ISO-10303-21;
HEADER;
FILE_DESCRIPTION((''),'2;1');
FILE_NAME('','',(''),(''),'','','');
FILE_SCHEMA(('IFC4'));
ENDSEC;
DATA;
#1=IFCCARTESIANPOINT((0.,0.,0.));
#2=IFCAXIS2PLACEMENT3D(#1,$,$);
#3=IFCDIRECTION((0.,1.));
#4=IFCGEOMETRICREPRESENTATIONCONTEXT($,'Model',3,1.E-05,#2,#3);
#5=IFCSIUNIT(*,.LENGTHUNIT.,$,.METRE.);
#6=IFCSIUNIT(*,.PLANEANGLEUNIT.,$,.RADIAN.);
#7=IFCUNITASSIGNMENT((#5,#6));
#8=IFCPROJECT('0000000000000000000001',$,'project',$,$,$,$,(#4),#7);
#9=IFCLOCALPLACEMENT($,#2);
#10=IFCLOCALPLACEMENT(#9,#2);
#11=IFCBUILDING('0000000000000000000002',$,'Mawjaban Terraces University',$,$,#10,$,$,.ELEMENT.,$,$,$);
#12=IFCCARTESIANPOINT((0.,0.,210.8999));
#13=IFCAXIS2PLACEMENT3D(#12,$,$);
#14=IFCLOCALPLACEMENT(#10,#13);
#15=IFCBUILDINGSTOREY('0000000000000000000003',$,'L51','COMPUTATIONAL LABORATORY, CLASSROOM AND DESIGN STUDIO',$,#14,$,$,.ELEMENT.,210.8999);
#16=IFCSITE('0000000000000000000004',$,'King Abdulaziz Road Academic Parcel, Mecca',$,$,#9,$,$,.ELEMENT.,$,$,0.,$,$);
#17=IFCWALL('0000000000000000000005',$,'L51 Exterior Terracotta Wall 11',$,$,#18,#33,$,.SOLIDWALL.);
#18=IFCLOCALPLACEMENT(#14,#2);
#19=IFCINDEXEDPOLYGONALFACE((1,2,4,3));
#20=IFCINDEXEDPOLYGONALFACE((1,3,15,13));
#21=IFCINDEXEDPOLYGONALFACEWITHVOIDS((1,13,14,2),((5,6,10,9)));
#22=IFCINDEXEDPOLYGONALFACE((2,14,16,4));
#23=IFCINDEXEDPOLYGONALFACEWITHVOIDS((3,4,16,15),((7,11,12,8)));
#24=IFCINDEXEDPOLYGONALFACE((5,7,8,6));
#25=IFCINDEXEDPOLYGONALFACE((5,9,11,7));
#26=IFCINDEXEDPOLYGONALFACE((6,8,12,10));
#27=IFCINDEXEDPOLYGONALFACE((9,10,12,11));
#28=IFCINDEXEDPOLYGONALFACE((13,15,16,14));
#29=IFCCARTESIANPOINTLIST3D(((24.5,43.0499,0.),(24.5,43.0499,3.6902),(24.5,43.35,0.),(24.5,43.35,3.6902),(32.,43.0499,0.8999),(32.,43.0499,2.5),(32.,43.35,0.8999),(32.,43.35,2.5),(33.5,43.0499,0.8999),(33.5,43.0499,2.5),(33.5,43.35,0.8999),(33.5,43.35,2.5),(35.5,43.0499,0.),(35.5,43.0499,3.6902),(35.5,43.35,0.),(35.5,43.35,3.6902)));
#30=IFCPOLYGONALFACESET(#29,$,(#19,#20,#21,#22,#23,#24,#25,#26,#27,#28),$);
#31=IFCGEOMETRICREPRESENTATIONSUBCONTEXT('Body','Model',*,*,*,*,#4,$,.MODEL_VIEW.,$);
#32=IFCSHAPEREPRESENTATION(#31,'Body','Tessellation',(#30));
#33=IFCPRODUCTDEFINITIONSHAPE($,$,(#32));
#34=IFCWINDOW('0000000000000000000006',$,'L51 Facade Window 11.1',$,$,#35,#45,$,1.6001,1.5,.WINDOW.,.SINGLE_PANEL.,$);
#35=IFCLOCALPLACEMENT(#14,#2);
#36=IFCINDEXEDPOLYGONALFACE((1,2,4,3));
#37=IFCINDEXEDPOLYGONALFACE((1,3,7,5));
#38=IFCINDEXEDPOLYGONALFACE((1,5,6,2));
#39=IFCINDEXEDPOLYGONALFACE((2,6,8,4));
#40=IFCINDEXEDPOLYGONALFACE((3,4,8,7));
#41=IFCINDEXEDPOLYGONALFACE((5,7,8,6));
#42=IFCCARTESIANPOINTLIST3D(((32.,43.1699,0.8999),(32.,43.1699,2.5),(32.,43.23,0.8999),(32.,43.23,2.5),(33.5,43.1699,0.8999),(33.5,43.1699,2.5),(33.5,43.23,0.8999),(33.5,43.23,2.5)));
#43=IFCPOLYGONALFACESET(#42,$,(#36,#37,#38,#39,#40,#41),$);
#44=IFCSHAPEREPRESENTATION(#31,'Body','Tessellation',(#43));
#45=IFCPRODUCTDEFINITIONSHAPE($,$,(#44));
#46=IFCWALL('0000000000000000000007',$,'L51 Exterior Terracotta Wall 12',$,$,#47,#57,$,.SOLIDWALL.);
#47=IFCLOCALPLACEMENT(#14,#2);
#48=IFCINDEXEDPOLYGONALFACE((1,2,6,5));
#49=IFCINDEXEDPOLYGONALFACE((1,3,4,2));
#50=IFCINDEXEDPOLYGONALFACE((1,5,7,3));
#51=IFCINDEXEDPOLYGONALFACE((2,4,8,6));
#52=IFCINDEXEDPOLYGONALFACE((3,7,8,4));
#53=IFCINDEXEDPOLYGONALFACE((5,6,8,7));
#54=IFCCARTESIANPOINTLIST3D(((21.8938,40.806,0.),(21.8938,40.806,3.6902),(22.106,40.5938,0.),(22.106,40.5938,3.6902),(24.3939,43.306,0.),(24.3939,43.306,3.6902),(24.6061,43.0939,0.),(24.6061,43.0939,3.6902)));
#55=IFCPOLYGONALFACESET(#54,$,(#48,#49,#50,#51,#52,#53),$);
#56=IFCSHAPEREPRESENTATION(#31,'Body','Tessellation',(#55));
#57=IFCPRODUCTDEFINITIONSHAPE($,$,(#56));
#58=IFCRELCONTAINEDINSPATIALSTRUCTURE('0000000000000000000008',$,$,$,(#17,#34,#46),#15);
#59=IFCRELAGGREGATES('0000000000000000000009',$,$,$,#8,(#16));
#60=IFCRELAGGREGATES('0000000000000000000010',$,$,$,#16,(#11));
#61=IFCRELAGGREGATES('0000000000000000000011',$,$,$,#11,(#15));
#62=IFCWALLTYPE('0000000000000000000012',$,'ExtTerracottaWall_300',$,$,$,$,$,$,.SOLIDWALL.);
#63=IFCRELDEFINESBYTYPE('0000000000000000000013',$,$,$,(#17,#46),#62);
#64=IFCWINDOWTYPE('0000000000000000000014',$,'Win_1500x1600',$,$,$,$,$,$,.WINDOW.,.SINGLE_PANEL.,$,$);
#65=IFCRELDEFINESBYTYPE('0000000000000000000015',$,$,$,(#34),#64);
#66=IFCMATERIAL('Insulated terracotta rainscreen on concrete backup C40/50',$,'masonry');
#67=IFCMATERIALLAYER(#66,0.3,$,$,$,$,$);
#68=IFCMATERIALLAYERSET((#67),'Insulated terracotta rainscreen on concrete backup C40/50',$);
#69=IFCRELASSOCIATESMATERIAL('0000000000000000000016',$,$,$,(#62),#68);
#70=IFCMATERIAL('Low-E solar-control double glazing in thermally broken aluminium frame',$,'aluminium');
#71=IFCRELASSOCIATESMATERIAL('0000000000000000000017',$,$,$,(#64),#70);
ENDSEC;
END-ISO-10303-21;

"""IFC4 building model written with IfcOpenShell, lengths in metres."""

from ifc_helpers import new_model, si_unit, direction, frame, frame_2d, origin, place, context, subcontext, project, spatial, rectangle, extrude, material, layer, layer_set, type_object, element, fill, save


model = new_model("IFC4")

# Units and contexts
model_context = context("Model", 3, precision=1e-05, world=origin(), true_north=direction((0.0, 1.0)))
body_context = subcontext(model_context, "Body", "Model", "MODEL_VIEW")
ifc_project = project(units=[si_unit("LENGTHUNIT", "METRE"), si_unit("PLANEANGLEUNIT", "RADIAN")], contexts=[model_context])

# Site, building, storey
site_placement = place(None, origin())
site = spatial("IfcSite", under=ifc_project, at=site_placement, Name="King Abdulaziz Road Academic Parcel, Mecca", CompositionType="ELEMENT", RefElevation=0.0)
building_placement = place(site_placement, origin())
building = spatial("IfcBuilding", under=site, at=building_placement, Name="Mawjaban Terraces University", CompositionType="ELEMENT")
storey_placement = place(building_placement, frame((0.0, 0.0, 210.8999)))
storey = spatial("IfcBuildingStorey", under=building, at=storey_placement, Name="L51", Description="COMPUTATIONAL LABORATORY, CLASSROOM AND DESIGN STUDIO", CompositionType="ELEMENT", Elevation=210.8999)

# Wall, opening, window
ifc_material_1 = material(Name="Insulated terracotta rainscreen on concrete backup C40/50", Category="masonry")
ifc_layer_1 = layer(ifc_material_1, 0.3)
ifc_layer_set_1 = layer_set([ifc_layer_1], Name="Insulated terracotta rainscreen on concrete backup C40/50")
wall_type_1 = type_object("IfcWallType", Name="ExtTerracottaWall_300", PredefinedType="SOLIDWALL", material=ifc_layer_set_1)
wall_1_placement = place(storey_placement, frame((35.5, 43.2, 0.0), z_axis=(0.0, 0.0, 1.0), x_axis=(-1.0, 0.0, 0.0)))
wall_1 = element("IfcWall", 1, at=wall_1_placement, inside=storey, type_object=wall_type_1, Name="L51 Exterior Terracotta Wall 11", PredefinedType="SOLIDWALL", context=body_context, shape_type="SweptSolid", body=[
    extrude(rectangle(XDim=11.0, YDim=0.3, at=frame_2d((5.5, 0.0))), origin(), (0.0, 0.0, 1.0), 3.6902),
])
opening_1_placement = place(wall_1_placement, frame((2.0, 0.0, 0.8999)))
opening_1 = element("IfcOpeningElement", 2, at=opening_1_placement, cuts=wall_1, PredefinedType="OPENING", context=body_context, shape_type="SweptSolid", body=[
    extrude(rectangle(XDim=1.5, YDim=1.6001, at=frame_2d((0.75, 0.8))), frame((0.0, 0.1599, 0.0), z_axis=(0.0, -1.0, 0.0), x_axis=(1.0, 0.0, 0.0)), (0.0, 0.0, 1.0), 0.3201),
])
ifc_material_2 = material(Name="Low-E solar-control double glazing in thermally broken aluminium frame", Category="aluminium")
window_type_1 = type_object("IfcWindowType", Name="Win_1500x1600", PartitioningType="SINGLE_PANEL", PredefinedType="WINDOW", material=ifc_material_2)
window_1_placement = place(opening_1_placement, origin())
window_1 = element("IfcWindow", 3, at=window_1_placement, inside=storey, type_object=window_type_1, Name="L51 Facade Window 11.1", OverallHeight=1.6001, OverallWidth=1.5, PartitioningType="SINGLE_PANEL", PredefinedType="WINDOW", context=body_context, shape_type="SweptSolid", body=[
    extrude(rectangle(XDim=1.5, YDim=1.6001, at=frame_2d((0.75, 0.8))), frame((0.0, 0.03, 0.0), z_axis=(0.0, -1.0, 0.0), x_axis=(1.0, 0.0, 0.0)), (0.0, 0.0, 1.0), 0.0601),
])
fill(opening_1, window_1)

# Wall
wall_2_placement = place(storey_placement, frame((24.5, 43.2, 0.0), z_axis=(0.0, 0.0, 1.0), x_axis=(-0.707107, -0.707107, 0.0)))
element("IfcWall", 4, at=wall_2_placement, inside=storey, type_object=wall_type_1, Name="L51 Exterior Terracotta Wall 12", PredefinedType="SOLIDWALL", context=body_context, shape_type="SweptSolid", body=[
    extrude(rectangle(XDim=3.5356, YDim=0.3, at=frame_2d((1.7678, 0.0))), origin(), (0.0, 0.0, 1.0), 3.6902),
])

save(model, "model.ifc")
